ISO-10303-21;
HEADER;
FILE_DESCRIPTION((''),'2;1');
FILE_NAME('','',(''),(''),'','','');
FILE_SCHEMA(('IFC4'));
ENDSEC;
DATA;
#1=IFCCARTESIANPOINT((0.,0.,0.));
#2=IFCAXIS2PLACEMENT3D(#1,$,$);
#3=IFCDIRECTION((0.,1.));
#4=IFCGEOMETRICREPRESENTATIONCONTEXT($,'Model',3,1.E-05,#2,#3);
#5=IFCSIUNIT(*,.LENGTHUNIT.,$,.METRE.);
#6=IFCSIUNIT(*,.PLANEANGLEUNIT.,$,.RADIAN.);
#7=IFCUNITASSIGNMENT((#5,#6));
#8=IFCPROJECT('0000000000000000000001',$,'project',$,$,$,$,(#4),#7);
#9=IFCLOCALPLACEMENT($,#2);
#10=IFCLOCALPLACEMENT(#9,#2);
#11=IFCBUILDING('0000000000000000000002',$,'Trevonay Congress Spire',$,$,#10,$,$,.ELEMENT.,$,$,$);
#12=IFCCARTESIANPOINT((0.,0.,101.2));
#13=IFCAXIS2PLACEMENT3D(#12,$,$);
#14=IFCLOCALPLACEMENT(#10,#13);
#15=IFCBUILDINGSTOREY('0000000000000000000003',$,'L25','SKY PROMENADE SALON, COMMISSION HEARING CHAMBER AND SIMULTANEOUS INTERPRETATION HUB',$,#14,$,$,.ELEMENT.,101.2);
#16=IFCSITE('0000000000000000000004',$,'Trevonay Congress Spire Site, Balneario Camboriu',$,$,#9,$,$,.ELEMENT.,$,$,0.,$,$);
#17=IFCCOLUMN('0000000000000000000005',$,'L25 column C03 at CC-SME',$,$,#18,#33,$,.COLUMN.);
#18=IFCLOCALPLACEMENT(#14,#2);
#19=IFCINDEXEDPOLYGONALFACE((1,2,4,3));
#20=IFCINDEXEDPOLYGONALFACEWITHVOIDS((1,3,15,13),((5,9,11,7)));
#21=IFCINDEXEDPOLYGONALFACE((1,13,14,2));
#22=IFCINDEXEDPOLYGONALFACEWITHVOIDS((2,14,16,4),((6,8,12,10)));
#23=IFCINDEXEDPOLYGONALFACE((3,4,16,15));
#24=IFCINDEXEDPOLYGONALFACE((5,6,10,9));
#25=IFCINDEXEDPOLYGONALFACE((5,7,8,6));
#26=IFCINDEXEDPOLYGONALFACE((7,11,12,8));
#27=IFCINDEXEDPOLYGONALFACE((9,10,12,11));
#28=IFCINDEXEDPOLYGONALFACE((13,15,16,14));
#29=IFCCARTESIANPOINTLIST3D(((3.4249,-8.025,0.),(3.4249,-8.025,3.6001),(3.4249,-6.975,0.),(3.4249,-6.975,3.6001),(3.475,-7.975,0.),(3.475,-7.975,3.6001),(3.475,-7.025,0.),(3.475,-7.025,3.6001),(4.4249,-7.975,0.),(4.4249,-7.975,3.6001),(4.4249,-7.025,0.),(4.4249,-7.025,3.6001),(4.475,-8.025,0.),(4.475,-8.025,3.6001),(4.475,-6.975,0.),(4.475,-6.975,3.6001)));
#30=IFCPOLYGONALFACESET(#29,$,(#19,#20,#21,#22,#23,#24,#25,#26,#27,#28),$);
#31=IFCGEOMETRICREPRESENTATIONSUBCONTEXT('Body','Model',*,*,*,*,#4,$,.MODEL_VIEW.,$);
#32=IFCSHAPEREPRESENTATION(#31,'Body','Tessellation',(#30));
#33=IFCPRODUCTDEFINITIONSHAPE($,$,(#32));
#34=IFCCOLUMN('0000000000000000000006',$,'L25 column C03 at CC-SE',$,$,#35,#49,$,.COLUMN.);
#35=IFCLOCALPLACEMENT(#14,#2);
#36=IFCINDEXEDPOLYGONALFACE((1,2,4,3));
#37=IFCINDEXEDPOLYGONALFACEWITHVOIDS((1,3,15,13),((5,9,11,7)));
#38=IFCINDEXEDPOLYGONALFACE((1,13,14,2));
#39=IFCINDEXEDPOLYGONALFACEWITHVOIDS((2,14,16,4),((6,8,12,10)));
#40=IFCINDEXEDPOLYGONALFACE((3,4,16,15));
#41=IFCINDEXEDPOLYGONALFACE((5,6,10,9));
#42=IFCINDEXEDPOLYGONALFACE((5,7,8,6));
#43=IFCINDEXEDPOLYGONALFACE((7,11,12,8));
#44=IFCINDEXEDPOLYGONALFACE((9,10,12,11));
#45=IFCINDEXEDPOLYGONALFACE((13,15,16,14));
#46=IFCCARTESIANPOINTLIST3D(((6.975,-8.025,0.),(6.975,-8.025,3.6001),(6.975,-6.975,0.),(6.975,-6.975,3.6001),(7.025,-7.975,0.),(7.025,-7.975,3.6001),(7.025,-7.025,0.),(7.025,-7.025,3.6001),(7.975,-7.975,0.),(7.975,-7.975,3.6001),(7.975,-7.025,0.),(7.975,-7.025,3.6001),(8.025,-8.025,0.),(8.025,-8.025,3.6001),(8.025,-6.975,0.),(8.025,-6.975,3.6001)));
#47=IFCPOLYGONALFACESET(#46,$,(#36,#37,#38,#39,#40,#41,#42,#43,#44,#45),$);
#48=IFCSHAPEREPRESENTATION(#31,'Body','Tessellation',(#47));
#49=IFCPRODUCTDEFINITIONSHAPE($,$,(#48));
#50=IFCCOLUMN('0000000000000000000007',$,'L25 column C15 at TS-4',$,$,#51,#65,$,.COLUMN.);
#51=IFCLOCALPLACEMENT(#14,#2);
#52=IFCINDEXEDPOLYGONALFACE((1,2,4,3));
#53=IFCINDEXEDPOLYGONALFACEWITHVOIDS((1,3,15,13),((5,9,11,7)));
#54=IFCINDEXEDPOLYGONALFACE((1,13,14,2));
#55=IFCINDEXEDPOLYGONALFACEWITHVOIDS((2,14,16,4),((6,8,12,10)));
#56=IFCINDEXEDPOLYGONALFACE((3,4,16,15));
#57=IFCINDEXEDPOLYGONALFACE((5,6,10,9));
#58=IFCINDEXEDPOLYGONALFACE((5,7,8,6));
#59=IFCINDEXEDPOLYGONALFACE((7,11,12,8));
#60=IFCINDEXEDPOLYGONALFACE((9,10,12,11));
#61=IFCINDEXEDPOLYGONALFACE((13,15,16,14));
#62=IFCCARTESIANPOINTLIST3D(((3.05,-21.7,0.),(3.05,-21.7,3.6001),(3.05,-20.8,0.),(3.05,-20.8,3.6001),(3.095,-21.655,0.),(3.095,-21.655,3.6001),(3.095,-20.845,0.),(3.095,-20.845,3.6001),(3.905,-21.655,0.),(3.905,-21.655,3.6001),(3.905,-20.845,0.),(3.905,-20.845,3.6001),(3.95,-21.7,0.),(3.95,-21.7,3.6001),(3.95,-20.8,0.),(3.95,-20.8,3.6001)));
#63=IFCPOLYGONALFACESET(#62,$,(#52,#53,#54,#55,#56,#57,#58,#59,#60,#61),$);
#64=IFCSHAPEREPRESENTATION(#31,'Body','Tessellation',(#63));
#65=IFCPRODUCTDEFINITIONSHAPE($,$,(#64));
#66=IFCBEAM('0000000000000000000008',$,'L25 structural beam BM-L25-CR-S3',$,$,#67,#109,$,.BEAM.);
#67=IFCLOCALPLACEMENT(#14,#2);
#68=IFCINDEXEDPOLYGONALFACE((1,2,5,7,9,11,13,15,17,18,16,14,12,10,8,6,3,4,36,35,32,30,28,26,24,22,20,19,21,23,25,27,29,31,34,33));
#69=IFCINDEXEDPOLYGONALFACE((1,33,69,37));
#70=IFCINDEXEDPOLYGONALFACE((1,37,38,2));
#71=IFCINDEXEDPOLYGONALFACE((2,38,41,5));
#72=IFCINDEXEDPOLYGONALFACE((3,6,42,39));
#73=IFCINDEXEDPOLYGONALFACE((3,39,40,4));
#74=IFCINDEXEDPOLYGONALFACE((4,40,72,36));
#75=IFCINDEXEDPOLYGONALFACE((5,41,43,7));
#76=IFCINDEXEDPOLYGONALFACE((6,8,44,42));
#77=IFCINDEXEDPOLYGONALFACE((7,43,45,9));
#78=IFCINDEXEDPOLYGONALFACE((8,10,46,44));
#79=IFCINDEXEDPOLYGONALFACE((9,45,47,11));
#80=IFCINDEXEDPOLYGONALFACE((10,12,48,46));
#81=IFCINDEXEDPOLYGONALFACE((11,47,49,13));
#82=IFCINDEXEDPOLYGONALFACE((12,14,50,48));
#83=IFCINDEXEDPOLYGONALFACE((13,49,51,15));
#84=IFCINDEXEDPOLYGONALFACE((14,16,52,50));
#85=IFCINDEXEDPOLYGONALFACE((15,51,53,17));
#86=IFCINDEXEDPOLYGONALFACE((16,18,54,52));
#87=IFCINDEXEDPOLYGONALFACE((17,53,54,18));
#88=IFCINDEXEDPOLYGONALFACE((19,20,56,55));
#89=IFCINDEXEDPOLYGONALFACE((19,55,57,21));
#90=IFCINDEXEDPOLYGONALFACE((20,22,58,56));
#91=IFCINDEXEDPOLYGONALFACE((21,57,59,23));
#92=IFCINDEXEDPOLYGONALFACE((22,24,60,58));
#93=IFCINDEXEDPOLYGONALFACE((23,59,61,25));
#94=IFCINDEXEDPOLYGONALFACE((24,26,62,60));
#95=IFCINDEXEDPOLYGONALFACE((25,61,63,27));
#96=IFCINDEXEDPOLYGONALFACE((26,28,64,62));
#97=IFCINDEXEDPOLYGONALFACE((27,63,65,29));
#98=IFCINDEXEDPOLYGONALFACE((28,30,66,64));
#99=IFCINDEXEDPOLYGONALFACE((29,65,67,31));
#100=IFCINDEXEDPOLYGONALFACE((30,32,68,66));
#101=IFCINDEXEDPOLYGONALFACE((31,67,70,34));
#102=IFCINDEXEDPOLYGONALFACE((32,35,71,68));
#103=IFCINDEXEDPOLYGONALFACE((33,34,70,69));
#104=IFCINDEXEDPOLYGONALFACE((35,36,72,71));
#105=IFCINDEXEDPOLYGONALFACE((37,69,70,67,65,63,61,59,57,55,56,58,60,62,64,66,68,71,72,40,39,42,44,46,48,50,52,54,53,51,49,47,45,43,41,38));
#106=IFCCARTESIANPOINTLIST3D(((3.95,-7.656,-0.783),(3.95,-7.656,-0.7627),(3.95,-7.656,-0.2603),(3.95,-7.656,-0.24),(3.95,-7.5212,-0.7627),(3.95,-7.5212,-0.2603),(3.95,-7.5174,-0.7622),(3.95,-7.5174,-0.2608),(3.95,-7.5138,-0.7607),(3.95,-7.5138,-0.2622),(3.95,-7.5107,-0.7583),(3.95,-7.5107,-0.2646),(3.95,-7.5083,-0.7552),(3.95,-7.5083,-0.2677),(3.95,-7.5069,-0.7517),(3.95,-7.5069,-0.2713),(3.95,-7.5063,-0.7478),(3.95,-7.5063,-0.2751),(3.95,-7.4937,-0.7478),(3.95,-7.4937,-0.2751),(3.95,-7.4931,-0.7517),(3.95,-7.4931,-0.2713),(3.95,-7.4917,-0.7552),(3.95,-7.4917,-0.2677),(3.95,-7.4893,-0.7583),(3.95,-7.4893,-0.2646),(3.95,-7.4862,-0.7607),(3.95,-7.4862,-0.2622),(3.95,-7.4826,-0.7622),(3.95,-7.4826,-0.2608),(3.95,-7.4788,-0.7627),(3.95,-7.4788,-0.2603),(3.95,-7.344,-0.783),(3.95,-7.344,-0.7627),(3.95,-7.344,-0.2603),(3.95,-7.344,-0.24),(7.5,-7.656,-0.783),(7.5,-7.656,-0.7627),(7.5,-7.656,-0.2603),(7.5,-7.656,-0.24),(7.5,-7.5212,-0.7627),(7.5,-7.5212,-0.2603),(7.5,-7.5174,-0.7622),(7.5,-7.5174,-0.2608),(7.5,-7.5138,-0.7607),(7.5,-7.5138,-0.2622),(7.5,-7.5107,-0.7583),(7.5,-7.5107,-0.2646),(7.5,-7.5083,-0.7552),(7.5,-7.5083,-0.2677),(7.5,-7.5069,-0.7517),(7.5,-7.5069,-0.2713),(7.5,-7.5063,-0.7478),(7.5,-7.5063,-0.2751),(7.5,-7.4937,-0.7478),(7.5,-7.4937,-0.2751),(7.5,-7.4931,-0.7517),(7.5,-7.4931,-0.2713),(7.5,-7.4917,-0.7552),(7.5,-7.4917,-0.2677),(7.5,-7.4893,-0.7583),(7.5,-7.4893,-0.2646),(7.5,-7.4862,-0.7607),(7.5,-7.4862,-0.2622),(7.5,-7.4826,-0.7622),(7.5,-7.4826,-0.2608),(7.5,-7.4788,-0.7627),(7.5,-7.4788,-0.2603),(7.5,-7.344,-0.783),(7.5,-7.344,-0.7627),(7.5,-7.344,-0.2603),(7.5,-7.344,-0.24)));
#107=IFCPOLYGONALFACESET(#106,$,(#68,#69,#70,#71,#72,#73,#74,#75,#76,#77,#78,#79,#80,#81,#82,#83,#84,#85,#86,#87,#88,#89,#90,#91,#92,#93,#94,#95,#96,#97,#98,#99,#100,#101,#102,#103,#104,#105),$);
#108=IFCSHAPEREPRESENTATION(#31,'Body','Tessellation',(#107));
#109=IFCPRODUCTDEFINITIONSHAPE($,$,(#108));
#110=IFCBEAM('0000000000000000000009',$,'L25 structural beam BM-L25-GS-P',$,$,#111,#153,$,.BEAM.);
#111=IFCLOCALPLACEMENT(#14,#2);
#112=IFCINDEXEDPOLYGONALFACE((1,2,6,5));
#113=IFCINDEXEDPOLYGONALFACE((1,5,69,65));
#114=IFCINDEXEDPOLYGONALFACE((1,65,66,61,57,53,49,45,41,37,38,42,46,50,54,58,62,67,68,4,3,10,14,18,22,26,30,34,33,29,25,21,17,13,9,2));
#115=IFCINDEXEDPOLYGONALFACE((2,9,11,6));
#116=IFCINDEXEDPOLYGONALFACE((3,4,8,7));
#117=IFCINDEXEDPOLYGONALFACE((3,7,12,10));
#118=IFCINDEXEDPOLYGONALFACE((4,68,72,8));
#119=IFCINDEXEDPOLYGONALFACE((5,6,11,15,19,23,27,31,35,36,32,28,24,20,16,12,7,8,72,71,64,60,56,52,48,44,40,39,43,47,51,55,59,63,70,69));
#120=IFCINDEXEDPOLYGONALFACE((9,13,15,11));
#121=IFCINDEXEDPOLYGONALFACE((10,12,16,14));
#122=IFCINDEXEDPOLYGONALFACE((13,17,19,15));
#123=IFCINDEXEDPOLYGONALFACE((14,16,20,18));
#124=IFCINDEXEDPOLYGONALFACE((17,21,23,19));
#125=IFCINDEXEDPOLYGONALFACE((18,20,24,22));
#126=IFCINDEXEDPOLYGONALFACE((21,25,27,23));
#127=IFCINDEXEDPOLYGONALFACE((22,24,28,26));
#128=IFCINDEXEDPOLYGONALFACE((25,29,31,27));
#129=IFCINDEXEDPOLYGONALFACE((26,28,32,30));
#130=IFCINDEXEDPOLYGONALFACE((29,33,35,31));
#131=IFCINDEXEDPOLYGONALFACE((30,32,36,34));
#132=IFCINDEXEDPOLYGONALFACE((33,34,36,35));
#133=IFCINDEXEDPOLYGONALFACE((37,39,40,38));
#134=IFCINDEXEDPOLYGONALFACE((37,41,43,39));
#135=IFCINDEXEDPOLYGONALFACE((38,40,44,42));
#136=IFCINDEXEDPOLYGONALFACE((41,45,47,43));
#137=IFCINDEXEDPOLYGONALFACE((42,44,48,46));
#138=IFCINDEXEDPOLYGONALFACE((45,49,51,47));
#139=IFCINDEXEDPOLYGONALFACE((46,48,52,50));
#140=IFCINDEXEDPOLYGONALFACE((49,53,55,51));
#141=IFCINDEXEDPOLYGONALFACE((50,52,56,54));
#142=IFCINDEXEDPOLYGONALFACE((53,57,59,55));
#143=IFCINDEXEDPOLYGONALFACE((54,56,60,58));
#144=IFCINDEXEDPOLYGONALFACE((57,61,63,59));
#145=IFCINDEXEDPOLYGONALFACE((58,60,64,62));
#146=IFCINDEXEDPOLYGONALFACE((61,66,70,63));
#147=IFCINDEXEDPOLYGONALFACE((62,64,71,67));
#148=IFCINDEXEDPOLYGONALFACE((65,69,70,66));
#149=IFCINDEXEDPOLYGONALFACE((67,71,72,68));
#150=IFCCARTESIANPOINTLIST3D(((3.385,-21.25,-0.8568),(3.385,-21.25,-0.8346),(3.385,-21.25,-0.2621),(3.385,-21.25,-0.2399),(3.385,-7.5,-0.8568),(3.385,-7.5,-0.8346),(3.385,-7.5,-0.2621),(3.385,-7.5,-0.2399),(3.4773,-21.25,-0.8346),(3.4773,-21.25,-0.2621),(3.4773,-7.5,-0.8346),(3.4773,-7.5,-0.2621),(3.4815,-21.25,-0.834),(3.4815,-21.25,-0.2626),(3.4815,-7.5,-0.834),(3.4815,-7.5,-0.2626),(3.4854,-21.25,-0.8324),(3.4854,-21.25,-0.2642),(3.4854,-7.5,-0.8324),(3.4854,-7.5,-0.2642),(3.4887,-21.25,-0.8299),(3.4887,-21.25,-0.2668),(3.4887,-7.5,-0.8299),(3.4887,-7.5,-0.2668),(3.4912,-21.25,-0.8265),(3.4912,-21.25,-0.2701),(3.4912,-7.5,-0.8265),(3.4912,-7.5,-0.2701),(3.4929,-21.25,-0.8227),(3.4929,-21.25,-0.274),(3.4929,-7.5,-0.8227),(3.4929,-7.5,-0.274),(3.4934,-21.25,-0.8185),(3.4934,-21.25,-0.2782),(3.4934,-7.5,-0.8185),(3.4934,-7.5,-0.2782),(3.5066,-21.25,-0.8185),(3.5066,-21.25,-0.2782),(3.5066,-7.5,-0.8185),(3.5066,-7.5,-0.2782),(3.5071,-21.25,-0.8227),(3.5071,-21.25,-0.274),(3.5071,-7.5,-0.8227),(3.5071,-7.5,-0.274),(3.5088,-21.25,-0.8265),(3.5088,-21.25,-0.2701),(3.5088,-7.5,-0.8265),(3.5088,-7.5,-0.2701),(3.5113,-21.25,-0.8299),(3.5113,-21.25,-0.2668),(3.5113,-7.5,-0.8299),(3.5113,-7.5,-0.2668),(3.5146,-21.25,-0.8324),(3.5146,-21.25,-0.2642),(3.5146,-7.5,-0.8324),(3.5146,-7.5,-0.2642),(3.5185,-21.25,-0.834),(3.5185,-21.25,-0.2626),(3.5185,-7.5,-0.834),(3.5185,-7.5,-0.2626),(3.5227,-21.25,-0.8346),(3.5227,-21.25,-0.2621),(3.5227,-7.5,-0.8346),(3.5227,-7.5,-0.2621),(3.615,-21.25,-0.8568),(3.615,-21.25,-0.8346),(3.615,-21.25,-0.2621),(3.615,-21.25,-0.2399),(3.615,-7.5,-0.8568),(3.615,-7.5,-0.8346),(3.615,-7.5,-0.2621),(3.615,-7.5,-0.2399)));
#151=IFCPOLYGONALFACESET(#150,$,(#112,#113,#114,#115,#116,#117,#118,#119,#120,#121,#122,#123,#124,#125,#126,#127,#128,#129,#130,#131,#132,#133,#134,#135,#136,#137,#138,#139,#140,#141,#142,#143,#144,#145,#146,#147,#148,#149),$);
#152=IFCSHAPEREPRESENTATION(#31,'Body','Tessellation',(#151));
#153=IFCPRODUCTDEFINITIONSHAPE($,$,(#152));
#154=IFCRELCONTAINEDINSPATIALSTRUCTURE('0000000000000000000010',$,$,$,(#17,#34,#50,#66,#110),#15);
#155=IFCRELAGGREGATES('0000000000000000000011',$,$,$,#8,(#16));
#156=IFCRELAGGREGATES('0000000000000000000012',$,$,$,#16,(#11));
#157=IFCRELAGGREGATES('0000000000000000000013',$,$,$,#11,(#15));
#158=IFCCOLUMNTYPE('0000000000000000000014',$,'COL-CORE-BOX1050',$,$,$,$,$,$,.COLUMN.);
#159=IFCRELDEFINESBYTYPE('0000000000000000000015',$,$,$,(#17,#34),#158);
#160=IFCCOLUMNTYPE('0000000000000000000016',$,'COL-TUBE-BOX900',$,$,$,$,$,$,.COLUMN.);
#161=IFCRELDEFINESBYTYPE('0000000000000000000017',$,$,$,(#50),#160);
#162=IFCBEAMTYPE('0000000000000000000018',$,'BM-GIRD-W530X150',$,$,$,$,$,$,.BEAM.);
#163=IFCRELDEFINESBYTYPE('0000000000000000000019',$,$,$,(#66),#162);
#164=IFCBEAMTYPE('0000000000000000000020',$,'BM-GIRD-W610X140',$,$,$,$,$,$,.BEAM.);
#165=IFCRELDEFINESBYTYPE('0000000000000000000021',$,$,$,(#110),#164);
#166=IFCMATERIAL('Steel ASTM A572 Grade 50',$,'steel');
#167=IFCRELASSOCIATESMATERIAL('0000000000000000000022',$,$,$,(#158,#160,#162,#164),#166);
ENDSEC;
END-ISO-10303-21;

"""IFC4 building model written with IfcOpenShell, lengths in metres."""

from ifc_helpers import new_model, si_unit, direction, frame, origin, origin_2d, place, context, subcontext, project, spatial, hollow_rectangle, i_section, extrude, material, material_profile, profile_set, type_object, element, save


model = new_model("IFC4")

# Units and contexts
model_context = context("Model", 3, precision=1e-05, world=origin(), true_north=direction((0.0, 1.0)))
body_context = subcontext(model_context, "Body", "Model", "MODEL_VIEW")
ifc_project = project(units=[si_unit("LENGTHUNIT", "METRE"), si_unit("PLANEANGLEUNIT", "RADIAN")], contexts=[model_context])

# Site, building, storey
site_placement = place(None, origin())
site = spatial("IfcSite", under=ifc_project, at=site_placement, Name="Trevonay Congress Spire Site, Balneario Camboriu", CompositionType="ELEMENT", RefElevation=0.0)
building_placement = place(site_placement, origin())
building = spatial("IfcBuilding", under=site, at=building_placement, Name="Trevonay Congress Spire", CompositionType="ELEMENT")
storey_placement = place(building_placement, frame((0.0, 0.0, 101.2)))
storey = spatial("IfcBuildingStorey", under=building, at=storey_placement, Name="L25", Description="SKY PROMENADE SALON, COMMISSION HEARING CHAMBER AND SIMULTANEOUS INTERPRETATION HUB", CompositionType="ELEMENT", Elevation=101.2)

# Columns
ifc_material_1 = material(Name="Steel ASTM A572 Grade 50", Category="steel")
ifc_material_profile_1 = material_profile(ifc_material_1, hollow_rectangle(XDim=1.05, YDim=1.05, WallThickness=0.05, at=origin_2d()), Name="BOX 1050x1050x50")
ifc_profile_set_1 = profile_set([ifc_material_profile_1], Name="Steel ASTM A572 Grade 50")
column_type_1 = type_object("IfcColumnType", Name="COL-CORE-BOX1050", PredefinedType="COLUMN", material=ifc_profile_set_1)
for number, where, z_axis, x_axis, name in (
    (1, (3.95, -7.5, 0.0), (0.0, 0.0, 1.0), (1.0, 0.0, 0.0), "L25 column C03 at CC-SME"),
    (2, (7.5, -7.5, 0.0), (0.0, 0.0, 1.0), (1.0, 0.0, 0.0), "L25 column C03 at CC-SE"),
):
    element("IfcColumn", number, at=place(storey_placement, frame(where, z_axis=z_axis, x_axis=x_axis)), inside=storey, type_object=column_type_1, Name=name, PredefinedType="COLUMN", context=body_context, shape_type="SweptSolid", body=[
        extrude(hollow_rectangle(XDim=1.05, YDim=1.05, WallThickness=0.05, at=origin_2d()), origin(), (0.0, 0.0, 1.0), 3.6001),
    ])
ifc_material_profile_2 = material_profile(ifc_material_1, hollow_rectangle(XDim=0.8999, YDim=0.8999, WallThickness=0.0449, at=origin_2d()), Name="BOX 900x900x45")
ifc_profile_set_2 = profile_set([ifc_material_profile_2], Name="Steel ASTM A572 Grade 50")
column_type_2 = type_object("IfcColumnType", Name="COL-TUBE-BOX900", PredefinedType="COLUMN", material=ifc_profile_set_2)
column_placement = place(storey_placement, frame((3.5, -21.25, 0.0), z_axis=(0.0, 0.0, 1.0), x_axis=(1.0, 0.0, 0.0)))
element("IfcColumn", 3, at=column_placement, inside=storey, type_object=column_type_2, Name="L25 column C15 at TS-4", PredefinedType="COLUMN", context=body_context, shape_type="SweptSolid", body=[
    extrude(hollow_rectangle(XDim=0.8999, YDim=0.8999, WallThickness=0.0449, at=origin_2d()), origin(), (0.0, 0.0, 1.0), 3.6001),
])

# Beams
ifc_material_profile_3 = material_profile(ifc_material_1, i_section(OverallWidth=0.312, OverallDepth=0.543, WebThickness=0.0127, FlangeThickness=0.0203, FilletRadius=0.0149, at=origin_2d()), Name="W530x150")
ifc_profile_set_3 = profile_set([ifc_material_profile_3], Name="Steel ASTM A572 Grade 50")
beam_type_1 = type_object("IfcBeamType", Name="BM-GIRD-W530X150", PredefinedType="BEAM", material=ifc_profile_set_3)
beam_1_placement = place(storey_placement, frame((3.95, -7.5, -0.5115), z_axis=(1.0, 0.0, 0.0), x_axis=(0.0, 1.0, 0.0)))
element("IfcBeam", 4, at=beam_1_placement, inside=storey, type_object=beam_type_1, Name="L25 structural beam BM-L25-CR-S3", PredefinedType="BEAM", context=body_context, shape_type="SweptSolid", body=[
    extrude(i_section(OverallWidth=0.312, OverallDepth=0.543, WebThickness=0.0127, FlangeThickness=0.0203, FilletRadius=0.0149, at=origin_2d()), origin(), (0.0, 0.0, 1.0), 3.55),
])
ifc_material_profile_4 = material_profile(ifc_material_1, i_section(OverallWidth=0.23, OverallDepth=0.6169, WebThickness=0.0132, FlangeThickness=0.0222, FilletRadius=0.0161, at=origin_2d()), Name="W610x140")
ifc_profile_set_4 = profile_set([ifc_material_profile_4], Name="Steel ASTM A572 Grade 50")
beam_type_2 = type_object("IfcBeamType", Name="BM-GIRD-W610X140", PredefinedType="BEAM", material=ifc_profile_set_4)
beam_2_placement = place(storey_placement, frame((3.5, -7.5, -0.5483), z_axis=(0.0, -1.0, 0.0), x_axis=(1.0, 0.0, 0.0)))
element("IfcBeam", 5, at=beam_2_placement, inside=storey, type_object=beam_type_2, Name="L25 structural beam BM-L25-GS-P", PredefinedType="BEAM", context=body_context, shape_type="SweptSolid", body=[
    extrude(i_section(OverallWidth=0.23, OverallDepth=0.6169, WebThickness=0.0132, FlangeThickness=0.0222, FilletRadius=0.0161, at=origin_2d()), origin(), (0.0, 0.0, 1.0), 13.75),
])

save(model, "model.ifc")
